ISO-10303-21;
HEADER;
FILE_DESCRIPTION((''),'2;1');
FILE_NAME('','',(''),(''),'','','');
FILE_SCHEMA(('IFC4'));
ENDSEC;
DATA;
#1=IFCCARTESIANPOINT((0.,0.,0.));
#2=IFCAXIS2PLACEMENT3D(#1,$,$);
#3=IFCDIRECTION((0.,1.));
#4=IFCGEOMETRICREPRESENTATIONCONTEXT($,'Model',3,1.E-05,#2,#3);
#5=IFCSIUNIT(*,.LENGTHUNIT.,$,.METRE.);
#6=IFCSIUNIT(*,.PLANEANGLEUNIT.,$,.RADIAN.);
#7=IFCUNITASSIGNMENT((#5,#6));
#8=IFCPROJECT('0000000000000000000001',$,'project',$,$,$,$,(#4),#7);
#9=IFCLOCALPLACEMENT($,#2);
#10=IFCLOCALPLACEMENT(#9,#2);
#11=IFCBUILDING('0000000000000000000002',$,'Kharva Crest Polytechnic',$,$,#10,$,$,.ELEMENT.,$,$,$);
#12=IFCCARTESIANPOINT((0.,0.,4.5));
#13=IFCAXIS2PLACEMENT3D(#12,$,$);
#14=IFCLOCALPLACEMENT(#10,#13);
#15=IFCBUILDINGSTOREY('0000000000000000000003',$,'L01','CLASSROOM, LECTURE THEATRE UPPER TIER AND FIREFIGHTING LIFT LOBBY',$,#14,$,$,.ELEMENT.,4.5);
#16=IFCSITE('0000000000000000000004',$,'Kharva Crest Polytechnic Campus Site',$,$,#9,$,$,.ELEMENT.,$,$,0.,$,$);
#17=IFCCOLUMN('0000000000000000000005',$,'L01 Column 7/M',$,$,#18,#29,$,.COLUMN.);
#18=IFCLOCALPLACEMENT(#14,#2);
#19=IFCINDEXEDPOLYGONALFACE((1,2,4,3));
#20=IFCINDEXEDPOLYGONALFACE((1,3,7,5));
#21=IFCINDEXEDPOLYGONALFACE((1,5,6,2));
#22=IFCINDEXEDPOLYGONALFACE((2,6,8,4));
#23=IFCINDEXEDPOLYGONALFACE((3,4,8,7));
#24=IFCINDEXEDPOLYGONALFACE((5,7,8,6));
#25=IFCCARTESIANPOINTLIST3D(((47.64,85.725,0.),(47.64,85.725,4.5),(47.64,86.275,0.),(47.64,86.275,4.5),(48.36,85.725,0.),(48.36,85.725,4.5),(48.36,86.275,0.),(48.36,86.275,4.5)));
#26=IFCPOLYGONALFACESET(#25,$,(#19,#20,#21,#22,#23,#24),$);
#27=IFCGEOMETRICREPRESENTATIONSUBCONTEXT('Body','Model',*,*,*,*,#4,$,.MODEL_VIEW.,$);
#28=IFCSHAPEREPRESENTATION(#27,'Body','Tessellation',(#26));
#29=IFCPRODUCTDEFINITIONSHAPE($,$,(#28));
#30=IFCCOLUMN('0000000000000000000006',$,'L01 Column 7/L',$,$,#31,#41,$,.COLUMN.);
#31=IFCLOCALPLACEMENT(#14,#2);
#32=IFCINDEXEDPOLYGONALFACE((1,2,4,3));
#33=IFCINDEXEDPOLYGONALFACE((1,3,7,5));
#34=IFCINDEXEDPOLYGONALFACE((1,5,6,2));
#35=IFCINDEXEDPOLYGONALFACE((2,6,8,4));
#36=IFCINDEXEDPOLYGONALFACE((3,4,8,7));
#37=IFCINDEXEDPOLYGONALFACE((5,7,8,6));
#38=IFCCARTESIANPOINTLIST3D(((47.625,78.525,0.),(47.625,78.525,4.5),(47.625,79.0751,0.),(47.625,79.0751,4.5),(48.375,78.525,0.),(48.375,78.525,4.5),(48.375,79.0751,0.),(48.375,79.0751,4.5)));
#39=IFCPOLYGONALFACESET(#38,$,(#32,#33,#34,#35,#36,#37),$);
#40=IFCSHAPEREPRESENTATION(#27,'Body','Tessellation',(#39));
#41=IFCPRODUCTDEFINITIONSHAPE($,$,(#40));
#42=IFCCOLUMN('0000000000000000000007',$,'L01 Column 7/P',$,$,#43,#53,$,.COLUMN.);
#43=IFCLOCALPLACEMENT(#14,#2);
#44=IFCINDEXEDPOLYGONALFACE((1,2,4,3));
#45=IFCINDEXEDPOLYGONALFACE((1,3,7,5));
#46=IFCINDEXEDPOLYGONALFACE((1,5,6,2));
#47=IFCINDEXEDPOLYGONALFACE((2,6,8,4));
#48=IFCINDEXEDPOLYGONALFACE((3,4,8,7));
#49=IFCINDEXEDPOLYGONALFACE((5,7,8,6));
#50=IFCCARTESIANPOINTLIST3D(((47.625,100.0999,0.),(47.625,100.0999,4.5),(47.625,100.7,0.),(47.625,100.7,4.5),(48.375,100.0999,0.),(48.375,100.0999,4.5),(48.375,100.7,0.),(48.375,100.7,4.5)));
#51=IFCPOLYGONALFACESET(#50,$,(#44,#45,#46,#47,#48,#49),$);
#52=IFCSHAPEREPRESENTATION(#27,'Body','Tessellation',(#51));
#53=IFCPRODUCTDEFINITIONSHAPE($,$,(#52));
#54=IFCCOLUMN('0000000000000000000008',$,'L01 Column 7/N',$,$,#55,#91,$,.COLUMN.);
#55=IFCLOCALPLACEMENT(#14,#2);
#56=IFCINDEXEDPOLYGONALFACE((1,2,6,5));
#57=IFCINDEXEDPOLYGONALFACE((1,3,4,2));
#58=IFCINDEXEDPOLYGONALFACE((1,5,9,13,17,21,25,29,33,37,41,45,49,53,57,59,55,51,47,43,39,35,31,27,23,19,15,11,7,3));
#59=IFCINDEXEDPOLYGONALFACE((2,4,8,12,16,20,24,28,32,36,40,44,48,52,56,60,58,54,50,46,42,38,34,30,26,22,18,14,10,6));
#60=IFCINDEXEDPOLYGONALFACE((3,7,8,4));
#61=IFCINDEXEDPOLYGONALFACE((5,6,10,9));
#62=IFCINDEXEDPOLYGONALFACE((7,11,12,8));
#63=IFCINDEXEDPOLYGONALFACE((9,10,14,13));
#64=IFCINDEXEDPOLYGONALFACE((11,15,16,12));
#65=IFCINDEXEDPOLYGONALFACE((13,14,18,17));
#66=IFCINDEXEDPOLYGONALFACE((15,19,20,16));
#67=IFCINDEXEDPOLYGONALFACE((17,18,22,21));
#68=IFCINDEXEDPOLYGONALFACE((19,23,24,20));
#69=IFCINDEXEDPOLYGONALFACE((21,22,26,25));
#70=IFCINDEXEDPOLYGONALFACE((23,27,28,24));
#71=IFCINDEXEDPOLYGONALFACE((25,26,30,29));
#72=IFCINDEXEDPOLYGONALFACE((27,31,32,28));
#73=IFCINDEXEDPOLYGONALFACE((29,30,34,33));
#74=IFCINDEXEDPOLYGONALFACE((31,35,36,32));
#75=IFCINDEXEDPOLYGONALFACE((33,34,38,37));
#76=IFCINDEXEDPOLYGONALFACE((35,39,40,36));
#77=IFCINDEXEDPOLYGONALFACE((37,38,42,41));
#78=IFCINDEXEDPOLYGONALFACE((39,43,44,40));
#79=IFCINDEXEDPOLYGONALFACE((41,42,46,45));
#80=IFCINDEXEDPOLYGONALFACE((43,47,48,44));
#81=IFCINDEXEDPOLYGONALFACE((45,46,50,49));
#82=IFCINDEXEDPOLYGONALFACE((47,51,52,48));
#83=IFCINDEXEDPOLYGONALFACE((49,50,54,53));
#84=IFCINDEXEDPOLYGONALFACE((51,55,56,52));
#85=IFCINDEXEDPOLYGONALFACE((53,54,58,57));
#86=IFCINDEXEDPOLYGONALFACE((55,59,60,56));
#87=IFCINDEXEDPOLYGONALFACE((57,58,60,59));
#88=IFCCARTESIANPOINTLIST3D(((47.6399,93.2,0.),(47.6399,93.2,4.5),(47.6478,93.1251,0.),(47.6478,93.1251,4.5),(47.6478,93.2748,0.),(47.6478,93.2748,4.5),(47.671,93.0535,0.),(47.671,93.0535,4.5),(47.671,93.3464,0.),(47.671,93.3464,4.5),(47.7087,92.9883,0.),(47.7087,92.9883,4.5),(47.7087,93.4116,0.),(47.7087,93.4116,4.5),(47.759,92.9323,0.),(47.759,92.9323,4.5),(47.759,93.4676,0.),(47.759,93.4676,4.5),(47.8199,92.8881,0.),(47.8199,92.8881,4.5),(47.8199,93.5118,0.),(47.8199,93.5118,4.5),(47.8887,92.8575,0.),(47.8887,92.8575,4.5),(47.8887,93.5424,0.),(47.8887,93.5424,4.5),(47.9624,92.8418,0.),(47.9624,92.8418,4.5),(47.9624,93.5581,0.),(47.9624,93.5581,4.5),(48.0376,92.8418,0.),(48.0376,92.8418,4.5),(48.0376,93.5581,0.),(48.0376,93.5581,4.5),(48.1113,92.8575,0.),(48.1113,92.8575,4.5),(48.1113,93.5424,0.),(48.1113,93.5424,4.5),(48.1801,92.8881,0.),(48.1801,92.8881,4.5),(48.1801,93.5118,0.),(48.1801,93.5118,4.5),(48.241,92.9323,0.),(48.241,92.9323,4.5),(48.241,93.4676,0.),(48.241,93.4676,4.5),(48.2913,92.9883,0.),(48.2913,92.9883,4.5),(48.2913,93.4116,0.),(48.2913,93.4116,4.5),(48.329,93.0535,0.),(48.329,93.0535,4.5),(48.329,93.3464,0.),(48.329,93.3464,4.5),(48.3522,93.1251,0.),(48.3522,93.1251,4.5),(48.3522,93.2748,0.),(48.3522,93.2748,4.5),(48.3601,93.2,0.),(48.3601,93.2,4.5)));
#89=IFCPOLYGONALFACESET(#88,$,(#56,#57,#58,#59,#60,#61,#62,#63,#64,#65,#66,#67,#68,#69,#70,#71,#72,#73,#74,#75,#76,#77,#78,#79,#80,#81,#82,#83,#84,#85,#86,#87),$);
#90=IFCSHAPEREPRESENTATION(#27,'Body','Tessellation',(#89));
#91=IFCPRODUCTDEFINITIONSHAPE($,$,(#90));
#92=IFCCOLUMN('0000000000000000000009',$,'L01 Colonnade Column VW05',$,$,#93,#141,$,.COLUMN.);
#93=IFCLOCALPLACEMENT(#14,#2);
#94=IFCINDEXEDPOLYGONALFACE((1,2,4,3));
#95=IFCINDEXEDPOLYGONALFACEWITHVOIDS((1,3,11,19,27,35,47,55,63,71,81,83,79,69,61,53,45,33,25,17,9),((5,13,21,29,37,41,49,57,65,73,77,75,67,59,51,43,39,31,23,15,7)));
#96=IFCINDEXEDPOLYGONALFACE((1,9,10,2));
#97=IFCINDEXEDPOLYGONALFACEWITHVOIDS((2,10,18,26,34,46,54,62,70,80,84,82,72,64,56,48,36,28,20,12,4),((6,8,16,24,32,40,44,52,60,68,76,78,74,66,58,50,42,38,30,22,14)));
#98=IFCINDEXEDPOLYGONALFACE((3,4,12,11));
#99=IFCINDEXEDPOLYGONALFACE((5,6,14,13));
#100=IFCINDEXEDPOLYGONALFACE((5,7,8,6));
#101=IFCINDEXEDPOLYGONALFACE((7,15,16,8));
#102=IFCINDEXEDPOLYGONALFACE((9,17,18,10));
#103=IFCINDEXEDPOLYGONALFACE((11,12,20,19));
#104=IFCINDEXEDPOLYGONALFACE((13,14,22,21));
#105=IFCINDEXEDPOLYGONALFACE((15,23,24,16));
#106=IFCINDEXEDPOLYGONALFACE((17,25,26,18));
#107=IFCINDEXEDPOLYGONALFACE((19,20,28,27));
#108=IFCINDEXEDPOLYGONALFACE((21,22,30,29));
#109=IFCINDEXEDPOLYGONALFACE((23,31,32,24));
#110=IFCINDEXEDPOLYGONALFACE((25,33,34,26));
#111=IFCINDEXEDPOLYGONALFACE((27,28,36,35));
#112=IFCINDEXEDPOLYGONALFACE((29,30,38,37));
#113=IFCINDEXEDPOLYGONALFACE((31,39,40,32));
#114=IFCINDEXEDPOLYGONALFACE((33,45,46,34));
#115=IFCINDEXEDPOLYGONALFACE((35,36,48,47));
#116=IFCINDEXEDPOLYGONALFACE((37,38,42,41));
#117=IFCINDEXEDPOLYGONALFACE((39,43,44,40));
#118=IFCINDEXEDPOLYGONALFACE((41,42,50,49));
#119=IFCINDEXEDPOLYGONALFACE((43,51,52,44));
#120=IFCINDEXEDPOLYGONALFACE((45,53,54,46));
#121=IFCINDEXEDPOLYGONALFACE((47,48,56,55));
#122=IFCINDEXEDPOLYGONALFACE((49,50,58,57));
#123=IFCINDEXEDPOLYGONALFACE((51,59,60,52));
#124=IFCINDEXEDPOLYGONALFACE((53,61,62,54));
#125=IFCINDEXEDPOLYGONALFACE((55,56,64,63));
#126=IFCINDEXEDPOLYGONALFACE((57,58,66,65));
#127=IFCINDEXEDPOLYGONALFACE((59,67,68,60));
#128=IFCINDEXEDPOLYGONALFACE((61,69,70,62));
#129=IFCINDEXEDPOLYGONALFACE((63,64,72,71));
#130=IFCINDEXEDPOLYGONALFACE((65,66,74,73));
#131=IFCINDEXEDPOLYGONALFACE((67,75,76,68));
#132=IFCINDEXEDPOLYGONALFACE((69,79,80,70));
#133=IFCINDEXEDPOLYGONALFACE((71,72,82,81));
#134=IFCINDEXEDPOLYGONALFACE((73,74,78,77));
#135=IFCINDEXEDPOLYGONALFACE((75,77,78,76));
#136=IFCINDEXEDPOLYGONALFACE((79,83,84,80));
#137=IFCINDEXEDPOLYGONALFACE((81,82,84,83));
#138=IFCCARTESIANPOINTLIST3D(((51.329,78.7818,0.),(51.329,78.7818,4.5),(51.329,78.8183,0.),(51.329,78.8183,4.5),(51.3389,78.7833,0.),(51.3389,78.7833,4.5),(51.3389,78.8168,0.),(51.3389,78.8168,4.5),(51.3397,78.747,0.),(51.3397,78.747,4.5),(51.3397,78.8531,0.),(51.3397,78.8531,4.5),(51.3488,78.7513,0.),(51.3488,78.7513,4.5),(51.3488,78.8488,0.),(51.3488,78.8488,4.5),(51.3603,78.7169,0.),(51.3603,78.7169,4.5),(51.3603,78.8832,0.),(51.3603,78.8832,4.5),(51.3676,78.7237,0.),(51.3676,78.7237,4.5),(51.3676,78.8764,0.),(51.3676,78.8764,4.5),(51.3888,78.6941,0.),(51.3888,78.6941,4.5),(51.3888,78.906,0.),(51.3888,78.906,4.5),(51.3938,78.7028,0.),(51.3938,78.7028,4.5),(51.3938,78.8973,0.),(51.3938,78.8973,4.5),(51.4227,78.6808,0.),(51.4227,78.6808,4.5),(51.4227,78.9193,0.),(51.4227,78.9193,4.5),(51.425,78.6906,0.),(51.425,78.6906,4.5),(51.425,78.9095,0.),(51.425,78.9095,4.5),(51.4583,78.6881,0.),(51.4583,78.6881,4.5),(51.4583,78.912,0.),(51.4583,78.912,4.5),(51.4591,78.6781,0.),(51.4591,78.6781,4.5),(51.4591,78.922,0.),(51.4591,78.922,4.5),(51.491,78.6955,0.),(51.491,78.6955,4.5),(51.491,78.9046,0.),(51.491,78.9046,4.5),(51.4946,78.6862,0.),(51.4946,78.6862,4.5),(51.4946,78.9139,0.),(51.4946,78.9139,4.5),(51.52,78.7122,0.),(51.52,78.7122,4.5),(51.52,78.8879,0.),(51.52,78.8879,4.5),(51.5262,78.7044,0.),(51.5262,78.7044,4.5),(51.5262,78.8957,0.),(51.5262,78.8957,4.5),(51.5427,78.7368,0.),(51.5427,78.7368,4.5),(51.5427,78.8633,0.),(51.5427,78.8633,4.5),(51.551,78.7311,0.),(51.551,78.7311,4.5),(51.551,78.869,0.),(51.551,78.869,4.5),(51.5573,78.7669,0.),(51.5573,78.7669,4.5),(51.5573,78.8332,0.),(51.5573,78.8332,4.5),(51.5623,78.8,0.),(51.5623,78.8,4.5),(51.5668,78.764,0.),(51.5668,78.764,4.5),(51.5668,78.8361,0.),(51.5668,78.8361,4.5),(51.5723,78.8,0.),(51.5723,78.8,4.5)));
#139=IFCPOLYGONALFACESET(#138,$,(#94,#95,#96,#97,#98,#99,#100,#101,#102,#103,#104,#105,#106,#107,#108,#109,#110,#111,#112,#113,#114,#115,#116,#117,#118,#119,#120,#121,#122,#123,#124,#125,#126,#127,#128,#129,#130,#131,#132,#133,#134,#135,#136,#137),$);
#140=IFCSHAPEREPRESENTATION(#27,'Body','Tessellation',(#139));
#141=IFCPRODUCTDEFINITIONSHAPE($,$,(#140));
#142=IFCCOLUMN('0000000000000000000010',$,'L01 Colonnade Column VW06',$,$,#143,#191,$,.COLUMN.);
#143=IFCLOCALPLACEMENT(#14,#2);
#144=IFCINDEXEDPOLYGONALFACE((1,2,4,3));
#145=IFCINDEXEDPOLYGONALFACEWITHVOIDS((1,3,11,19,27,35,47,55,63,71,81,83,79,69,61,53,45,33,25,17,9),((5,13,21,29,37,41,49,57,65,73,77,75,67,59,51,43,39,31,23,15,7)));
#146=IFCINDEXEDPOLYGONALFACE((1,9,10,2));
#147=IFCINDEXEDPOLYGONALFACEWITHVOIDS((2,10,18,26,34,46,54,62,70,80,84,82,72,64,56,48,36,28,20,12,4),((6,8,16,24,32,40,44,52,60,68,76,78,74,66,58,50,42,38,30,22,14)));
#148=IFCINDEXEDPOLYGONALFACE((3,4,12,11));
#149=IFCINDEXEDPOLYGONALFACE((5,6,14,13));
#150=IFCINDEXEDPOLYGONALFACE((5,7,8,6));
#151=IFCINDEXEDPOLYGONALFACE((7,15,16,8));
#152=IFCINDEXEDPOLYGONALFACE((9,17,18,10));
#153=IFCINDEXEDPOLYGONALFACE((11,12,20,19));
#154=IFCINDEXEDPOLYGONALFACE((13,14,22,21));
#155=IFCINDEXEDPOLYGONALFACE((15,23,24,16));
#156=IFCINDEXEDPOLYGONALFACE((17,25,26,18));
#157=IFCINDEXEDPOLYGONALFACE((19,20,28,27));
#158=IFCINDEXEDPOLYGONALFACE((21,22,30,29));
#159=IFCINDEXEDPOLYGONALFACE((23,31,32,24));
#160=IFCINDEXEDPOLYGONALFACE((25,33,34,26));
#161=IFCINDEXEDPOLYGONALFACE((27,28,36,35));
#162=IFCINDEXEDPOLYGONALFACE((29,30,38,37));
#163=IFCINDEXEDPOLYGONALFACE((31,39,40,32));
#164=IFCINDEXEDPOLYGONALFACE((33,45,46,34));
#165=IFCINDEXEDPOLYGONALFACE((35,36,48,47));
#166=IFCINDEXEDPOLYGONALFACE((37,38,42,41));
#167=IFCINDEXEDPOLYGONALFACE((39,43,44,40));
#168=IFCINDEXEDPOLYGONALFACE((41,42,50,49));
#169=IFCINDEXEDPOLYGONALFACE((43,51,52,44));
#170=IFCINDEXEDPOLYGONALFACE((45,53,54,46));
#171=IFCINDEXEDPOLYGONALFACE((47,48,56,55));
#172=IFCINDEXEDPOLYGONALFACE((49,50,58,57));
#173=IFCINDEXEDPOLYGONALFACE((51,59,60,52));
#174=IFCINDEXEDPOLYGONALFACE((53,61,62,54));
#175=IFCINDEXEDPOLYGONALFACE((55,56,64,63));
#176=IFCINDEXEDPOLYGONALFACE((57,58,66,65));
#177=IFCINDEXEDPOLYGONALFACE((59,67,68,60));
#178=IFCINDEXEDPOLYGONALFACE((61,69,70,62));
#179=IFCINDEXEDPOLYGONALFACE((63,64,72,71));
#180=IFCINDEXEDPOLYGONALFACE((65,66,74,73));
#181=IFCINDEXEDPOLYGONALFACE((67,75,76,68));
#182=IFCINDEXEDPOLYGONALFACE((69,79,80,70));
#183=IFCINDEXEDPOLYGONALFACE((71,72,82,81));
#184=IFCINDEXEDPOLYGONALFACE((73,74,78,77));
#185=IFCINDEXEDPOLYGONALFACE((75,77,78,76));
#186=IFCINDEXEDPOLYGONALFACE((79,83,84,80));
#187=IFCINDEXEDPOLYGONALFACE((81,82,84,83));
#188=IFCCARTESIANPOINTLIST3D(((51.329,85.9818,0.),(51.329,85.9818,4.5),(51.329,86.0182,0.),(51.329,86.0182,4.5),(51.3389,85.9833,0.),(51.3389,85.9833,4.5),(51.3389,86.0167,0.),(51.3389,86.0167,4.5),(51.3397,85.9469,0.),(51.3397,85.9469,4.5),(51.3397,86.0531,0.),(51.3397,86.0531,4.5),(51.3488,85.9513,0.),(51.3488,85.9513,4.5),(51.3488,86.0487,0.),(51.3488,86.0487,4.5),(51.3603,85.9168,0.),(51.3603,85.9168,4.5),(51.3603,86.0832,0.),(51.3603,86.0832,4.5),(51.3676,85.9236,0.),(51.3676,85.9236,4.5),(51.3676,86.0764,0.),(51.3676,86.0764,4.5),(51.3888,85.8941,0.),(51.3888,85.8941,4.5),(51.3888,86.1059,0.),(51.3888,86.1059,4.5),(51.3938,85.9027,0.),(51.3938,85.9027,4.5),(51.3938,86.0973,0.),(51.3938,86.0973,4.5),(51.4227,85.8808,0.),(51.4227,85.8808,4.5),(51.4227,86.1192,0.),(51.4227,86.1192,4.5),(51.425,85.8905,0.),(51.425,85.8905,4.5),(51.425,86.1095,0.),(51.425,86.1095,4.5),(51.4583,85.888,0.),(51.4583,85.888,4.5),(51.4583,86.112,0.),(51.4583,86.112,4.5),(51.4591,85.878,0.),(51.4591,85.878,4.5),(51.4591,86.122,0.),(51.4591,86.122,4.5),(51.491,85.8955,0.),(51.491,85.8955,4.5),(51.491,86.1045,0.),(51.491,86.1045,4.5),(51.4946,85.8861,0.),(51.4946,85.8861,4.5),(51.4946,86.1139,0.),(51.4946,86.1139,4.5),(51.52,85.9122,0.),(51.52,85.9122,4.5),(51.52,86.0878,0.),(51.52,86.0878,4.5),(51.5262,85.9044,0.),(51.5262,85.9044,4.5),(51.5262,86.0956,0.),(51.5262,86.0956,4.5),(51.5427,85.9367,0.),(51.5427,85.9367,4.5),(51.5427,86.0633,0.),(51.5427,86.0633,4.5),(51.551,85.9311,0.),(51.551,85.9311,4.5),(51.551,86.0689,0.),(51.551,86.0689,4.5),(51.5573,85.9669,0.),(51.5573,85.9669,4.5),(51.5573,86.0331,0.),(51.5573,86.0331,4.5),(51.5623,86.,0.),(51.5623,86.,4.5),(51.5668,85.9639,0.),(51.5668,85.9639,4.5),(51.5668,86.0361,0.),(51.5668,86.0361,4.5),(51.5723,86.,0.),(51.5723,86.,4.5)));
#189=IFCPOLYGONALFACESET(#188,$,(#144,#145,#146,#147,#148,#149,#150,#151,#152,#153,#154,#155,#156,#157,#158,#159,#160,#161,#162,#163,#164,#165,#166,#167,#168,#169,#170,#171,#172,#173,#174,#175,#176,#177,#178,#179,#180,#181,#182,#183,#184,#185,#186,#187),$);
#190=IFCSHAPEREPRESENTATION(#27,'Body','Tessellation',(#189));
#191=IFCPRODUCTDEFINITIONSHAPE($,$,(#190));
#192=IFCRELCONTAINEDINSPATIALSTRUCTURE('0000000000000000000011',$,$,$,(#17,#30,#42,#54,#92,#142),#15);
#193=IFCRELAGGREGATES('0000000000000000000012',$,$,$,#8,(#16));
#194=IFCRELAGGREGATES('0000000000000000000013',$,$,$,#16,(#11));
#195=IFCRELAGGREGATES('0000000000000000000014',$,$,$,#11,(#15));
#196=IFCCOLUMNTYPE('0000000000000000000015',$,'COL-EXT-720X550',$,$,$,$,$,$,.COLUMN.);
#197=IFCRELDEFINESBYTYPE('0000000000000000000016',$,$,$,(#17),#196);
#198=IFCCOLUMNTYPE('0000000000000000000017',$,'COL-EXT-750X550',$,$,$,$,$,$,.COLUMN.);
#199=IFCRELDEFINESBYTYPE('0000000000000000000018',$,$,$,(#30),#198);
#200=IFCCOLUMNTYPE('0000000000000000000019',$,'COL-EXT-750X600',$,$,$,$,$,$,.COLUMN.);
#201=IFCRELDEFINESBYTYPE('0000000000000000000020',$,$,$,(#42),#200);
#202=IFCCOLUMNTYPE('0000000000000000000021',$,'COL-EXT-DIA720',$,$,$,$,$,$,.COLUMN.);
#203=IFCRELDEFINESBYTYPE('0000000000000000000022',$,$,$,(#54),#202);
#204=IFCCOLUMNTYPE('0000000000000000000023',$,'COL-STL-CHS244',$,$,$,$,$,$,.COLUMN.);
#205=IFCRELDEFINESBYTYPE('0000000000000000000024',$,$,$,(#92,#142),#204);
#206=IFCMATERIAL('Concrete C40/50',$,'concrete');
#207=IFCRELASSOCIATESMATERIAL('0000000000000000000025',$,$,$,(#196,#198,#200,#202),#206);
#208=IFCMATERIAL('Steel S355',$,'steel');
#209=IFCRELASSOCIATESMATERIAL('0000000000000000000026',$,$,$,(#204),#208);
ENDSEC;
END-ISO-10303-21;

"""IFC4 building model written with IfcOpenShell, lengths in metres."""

from ifc_helpers import new_model, si_unit, direction, frame, origin, origin_2d, place, context, subcontext, project, spatial, rectangle, circle, hollow_circle, extrude, material, material_profile, profile_set, type_object, element, save


model = new_model("IFC4")

# Units and contexts
model_context = context("Model", 3, precision=1e-05, world=origin(), true_north=direction((0.0, 1.0)))
body_context = subcontext(model_context, "Body", "Model", "MODEL_VIEW")
ifc_project = project(units=[si_unit("LENGTHUNIT", "METRE"), si_unit("PLANEANGLEUNIT", "RADIAN")], contexts=[model_context])

# Site, building, storey
site_placement = place(None, origin())
site = spatial("IfcSite", under=ifc_project, at=site_placement, Name="Kharva Crest Polytechnic Campus Site", CompositionType="ELEMENT", RefElevation=0.0)
building_placement = place(site_placement, origin())
building = spatial("IfcBuilding", under=site, at=building_placement, Name="Kharva Crest Polytechnic", CompositionType="ELEMENT")
storey_placement = place(building_placement, frame((0.0, 0.0, 4.5)))
storey = spatial("IfcBuildingStorey", under=building, at=storey_placement, Name="L01", Description="CLASSROOM, LECTURE THEATRE UPPER TIER AND FIREFIGHTING LIFT LOBBY", CompositionType="ELEMENT", Elevation=4.5)

# Columns
ifc_material_1 = material(Name="Concrete C40/50", Category="concrete")
ifc_material_profile_1 = material_profile(ifc_material_1, rectangle(XDim=0.72, YDim=0.55, at=origin_2d()), Name="RECT 720 X 550")
ifc_profile_set_1 = profile_set([ifc_material_profile_1], Name="Concrete C40/50")
column_type_1 = type_object("IfcColumnType", Name="COL-EXT-720X550", PredefinedType="COLUMN", material=ifc_profile_set_1)
column_1_placement = place(storey_placement, frame((48.0, 86.0, 0.0), z_axis=(0.0, 0.0, 1.0), x_axis=(1.0, 0.0, 0.0)))
element("IfcColumn", 1, at=column_1_placement, inside=storey, type_object=column_type_1, Name="L01 Column 7/M", PredefinedType="COLUMN", context=body_context, shape_type="SweptSolid", body=[
    extrude(rectangle(XDim=0.72, YDim=0.55, at=origin_2d()), origin(), (0.0, 0.0, 1.0), 4.5),
])
ifc_material_profile_2 = material_profile(ifc_material_1, rectangle(XDim=0.75, YDim=0.55, at=origin_2d()), Name="RECT 750 X 550")
ifc_profile_set_2 = profile_set([ifc_material_profile_2], Name="Concrete C40/50")
column_type_2 = type_object("IfcColumnType", Name="COL-EXT-750X550", PredefinedType="COLUMN", material=ifc_profile_set_2)
column_2_placement = place(storey_placement, frame((48.0, 78.8, 0.0), z_axis=(0.0, 0.0, 1.0), x_axis=(1.0, 0.0, 0.0)))
element("IfcColumn", 2, at=column_2_placement, inside=storey, type_object=column_type_2, Name="L01 Column 7/L", PredefinedType="COLUMN", context=body_context, shape_type="SweptSolid", body=[
    extrude(rectangle(XDim=0.75, YDim=0.55, at=origin_2d()), origin(), (0.0, 0.0, 1.0), 4.5),
])
ifc_material_profile_3 = material_profile(ifc_material_1, rectangle(XDim=0.75, YDim=0.6001, at=origin_2d()), Name="RECT 750 X 600")
ifc_profile_set_3 = profile_set([ifc_material_profile_3], Name="Concrete C40/50")
column_type_3 = type_object("IfcColumnType", Name="COL-EXT-750X600", PredefinedType="COLUMN", material=ifc_profile_set_3)
column_3_placement = place(storey_placement, frame((48.0, 100.3999, 0.0), z_axis=(0.0, 0.0, 1.0), x_axis=(1.0, 0.0, 0.0)))
element("IfcColumn", 3, at=column_3_placement, inside=storey, type_object=column_type_3, Name="L01 Column 7/P", PredefinedType="COLUMN", context=body_context, shape_type="SweptSolid", body=[
    extrude(rectangle(XDim=0.75, YDim=0.6001, at=origin_2d()), origin(), (0.0, 0.0, 1.0), 4.5),
])
ifc_material_profile_4 = material_profile(ifc_material_1, circle(Radius=0.3601, at=origin_2d()), Name="DIA 720")
ifc_profile_set_4 = profile_set([ifc_material_profile_4], Name="Concrete C40/50")
column_type_4 = type_object("IfcColumnType", Name="COL-EXT-DIA720", PredefinedType="COLUMN", material=ifc_profile_set_4)
column_4_placement = place(storey_placement, frame((48.0, 93.2, 0.0), z_axis=(0.0, 0.0, 1.0), x_axis=(1.0, 0.0, 0.0)))
element("IfcColumn", 4, at=column_4_placement, inside=storey, type_object=column_type_4, Name="L01 Column 7/N", PredefinedType="COLUMN", context=body_context, shape_type="SweptSolid", body=[
    extrude(circle(Radius=0.3601, at=origin_2d()), origin(), (0.0, 0.0, 1.0), 4.5),
])
ifc_material_2 = material(Name="Steel S355", Category="steel")
ifc_material_profile_5 = material_profile(ifc_material_2, hollow_circle(Radius=0.1223, WallThickness=0.01, at=origin_2d()), Name="CHS 244.5X10.0")
ifc_profile_set_5 = profile_set([ifc_material_profile_5], Name="Steel S355")
column_type_5 = type_object("IfcColumnType", Name="COL-STL-CHS244", PredefinedType="COLUMN", material=ifc_profile_set_5)
for number, where, z_axis, x_axis, name in (
    (5, (51.45, 78.8, 0.0), (0.0, 0.0, 1.0), (1.0, 0.0, 0.0), "L01 Colonnade Column VW05"),
    (6, (51.45, 86.0, 0.0), (0.0, 0.0, 1.0), (1.0, 0.0, 0.0), "L01 Colonnade Column VW06"),
):
    element("IfcColumn", number, at=place(storey_placement, frame(where, z_axis=z_axis, x_axis=x_axis)), inside=storey, type_object=column_type_5, Name=name, PredefinedType="COLUMN", context=body_context, shape_type="SweptSolid", body=[
        extrude(hollow_circle(Radius=0.1223, WallThickness=0.01, at=origin_2d()), origin(), (0.0, 0.0, 1.0), 4.5),
    ])

save(model, "model.ifc")
